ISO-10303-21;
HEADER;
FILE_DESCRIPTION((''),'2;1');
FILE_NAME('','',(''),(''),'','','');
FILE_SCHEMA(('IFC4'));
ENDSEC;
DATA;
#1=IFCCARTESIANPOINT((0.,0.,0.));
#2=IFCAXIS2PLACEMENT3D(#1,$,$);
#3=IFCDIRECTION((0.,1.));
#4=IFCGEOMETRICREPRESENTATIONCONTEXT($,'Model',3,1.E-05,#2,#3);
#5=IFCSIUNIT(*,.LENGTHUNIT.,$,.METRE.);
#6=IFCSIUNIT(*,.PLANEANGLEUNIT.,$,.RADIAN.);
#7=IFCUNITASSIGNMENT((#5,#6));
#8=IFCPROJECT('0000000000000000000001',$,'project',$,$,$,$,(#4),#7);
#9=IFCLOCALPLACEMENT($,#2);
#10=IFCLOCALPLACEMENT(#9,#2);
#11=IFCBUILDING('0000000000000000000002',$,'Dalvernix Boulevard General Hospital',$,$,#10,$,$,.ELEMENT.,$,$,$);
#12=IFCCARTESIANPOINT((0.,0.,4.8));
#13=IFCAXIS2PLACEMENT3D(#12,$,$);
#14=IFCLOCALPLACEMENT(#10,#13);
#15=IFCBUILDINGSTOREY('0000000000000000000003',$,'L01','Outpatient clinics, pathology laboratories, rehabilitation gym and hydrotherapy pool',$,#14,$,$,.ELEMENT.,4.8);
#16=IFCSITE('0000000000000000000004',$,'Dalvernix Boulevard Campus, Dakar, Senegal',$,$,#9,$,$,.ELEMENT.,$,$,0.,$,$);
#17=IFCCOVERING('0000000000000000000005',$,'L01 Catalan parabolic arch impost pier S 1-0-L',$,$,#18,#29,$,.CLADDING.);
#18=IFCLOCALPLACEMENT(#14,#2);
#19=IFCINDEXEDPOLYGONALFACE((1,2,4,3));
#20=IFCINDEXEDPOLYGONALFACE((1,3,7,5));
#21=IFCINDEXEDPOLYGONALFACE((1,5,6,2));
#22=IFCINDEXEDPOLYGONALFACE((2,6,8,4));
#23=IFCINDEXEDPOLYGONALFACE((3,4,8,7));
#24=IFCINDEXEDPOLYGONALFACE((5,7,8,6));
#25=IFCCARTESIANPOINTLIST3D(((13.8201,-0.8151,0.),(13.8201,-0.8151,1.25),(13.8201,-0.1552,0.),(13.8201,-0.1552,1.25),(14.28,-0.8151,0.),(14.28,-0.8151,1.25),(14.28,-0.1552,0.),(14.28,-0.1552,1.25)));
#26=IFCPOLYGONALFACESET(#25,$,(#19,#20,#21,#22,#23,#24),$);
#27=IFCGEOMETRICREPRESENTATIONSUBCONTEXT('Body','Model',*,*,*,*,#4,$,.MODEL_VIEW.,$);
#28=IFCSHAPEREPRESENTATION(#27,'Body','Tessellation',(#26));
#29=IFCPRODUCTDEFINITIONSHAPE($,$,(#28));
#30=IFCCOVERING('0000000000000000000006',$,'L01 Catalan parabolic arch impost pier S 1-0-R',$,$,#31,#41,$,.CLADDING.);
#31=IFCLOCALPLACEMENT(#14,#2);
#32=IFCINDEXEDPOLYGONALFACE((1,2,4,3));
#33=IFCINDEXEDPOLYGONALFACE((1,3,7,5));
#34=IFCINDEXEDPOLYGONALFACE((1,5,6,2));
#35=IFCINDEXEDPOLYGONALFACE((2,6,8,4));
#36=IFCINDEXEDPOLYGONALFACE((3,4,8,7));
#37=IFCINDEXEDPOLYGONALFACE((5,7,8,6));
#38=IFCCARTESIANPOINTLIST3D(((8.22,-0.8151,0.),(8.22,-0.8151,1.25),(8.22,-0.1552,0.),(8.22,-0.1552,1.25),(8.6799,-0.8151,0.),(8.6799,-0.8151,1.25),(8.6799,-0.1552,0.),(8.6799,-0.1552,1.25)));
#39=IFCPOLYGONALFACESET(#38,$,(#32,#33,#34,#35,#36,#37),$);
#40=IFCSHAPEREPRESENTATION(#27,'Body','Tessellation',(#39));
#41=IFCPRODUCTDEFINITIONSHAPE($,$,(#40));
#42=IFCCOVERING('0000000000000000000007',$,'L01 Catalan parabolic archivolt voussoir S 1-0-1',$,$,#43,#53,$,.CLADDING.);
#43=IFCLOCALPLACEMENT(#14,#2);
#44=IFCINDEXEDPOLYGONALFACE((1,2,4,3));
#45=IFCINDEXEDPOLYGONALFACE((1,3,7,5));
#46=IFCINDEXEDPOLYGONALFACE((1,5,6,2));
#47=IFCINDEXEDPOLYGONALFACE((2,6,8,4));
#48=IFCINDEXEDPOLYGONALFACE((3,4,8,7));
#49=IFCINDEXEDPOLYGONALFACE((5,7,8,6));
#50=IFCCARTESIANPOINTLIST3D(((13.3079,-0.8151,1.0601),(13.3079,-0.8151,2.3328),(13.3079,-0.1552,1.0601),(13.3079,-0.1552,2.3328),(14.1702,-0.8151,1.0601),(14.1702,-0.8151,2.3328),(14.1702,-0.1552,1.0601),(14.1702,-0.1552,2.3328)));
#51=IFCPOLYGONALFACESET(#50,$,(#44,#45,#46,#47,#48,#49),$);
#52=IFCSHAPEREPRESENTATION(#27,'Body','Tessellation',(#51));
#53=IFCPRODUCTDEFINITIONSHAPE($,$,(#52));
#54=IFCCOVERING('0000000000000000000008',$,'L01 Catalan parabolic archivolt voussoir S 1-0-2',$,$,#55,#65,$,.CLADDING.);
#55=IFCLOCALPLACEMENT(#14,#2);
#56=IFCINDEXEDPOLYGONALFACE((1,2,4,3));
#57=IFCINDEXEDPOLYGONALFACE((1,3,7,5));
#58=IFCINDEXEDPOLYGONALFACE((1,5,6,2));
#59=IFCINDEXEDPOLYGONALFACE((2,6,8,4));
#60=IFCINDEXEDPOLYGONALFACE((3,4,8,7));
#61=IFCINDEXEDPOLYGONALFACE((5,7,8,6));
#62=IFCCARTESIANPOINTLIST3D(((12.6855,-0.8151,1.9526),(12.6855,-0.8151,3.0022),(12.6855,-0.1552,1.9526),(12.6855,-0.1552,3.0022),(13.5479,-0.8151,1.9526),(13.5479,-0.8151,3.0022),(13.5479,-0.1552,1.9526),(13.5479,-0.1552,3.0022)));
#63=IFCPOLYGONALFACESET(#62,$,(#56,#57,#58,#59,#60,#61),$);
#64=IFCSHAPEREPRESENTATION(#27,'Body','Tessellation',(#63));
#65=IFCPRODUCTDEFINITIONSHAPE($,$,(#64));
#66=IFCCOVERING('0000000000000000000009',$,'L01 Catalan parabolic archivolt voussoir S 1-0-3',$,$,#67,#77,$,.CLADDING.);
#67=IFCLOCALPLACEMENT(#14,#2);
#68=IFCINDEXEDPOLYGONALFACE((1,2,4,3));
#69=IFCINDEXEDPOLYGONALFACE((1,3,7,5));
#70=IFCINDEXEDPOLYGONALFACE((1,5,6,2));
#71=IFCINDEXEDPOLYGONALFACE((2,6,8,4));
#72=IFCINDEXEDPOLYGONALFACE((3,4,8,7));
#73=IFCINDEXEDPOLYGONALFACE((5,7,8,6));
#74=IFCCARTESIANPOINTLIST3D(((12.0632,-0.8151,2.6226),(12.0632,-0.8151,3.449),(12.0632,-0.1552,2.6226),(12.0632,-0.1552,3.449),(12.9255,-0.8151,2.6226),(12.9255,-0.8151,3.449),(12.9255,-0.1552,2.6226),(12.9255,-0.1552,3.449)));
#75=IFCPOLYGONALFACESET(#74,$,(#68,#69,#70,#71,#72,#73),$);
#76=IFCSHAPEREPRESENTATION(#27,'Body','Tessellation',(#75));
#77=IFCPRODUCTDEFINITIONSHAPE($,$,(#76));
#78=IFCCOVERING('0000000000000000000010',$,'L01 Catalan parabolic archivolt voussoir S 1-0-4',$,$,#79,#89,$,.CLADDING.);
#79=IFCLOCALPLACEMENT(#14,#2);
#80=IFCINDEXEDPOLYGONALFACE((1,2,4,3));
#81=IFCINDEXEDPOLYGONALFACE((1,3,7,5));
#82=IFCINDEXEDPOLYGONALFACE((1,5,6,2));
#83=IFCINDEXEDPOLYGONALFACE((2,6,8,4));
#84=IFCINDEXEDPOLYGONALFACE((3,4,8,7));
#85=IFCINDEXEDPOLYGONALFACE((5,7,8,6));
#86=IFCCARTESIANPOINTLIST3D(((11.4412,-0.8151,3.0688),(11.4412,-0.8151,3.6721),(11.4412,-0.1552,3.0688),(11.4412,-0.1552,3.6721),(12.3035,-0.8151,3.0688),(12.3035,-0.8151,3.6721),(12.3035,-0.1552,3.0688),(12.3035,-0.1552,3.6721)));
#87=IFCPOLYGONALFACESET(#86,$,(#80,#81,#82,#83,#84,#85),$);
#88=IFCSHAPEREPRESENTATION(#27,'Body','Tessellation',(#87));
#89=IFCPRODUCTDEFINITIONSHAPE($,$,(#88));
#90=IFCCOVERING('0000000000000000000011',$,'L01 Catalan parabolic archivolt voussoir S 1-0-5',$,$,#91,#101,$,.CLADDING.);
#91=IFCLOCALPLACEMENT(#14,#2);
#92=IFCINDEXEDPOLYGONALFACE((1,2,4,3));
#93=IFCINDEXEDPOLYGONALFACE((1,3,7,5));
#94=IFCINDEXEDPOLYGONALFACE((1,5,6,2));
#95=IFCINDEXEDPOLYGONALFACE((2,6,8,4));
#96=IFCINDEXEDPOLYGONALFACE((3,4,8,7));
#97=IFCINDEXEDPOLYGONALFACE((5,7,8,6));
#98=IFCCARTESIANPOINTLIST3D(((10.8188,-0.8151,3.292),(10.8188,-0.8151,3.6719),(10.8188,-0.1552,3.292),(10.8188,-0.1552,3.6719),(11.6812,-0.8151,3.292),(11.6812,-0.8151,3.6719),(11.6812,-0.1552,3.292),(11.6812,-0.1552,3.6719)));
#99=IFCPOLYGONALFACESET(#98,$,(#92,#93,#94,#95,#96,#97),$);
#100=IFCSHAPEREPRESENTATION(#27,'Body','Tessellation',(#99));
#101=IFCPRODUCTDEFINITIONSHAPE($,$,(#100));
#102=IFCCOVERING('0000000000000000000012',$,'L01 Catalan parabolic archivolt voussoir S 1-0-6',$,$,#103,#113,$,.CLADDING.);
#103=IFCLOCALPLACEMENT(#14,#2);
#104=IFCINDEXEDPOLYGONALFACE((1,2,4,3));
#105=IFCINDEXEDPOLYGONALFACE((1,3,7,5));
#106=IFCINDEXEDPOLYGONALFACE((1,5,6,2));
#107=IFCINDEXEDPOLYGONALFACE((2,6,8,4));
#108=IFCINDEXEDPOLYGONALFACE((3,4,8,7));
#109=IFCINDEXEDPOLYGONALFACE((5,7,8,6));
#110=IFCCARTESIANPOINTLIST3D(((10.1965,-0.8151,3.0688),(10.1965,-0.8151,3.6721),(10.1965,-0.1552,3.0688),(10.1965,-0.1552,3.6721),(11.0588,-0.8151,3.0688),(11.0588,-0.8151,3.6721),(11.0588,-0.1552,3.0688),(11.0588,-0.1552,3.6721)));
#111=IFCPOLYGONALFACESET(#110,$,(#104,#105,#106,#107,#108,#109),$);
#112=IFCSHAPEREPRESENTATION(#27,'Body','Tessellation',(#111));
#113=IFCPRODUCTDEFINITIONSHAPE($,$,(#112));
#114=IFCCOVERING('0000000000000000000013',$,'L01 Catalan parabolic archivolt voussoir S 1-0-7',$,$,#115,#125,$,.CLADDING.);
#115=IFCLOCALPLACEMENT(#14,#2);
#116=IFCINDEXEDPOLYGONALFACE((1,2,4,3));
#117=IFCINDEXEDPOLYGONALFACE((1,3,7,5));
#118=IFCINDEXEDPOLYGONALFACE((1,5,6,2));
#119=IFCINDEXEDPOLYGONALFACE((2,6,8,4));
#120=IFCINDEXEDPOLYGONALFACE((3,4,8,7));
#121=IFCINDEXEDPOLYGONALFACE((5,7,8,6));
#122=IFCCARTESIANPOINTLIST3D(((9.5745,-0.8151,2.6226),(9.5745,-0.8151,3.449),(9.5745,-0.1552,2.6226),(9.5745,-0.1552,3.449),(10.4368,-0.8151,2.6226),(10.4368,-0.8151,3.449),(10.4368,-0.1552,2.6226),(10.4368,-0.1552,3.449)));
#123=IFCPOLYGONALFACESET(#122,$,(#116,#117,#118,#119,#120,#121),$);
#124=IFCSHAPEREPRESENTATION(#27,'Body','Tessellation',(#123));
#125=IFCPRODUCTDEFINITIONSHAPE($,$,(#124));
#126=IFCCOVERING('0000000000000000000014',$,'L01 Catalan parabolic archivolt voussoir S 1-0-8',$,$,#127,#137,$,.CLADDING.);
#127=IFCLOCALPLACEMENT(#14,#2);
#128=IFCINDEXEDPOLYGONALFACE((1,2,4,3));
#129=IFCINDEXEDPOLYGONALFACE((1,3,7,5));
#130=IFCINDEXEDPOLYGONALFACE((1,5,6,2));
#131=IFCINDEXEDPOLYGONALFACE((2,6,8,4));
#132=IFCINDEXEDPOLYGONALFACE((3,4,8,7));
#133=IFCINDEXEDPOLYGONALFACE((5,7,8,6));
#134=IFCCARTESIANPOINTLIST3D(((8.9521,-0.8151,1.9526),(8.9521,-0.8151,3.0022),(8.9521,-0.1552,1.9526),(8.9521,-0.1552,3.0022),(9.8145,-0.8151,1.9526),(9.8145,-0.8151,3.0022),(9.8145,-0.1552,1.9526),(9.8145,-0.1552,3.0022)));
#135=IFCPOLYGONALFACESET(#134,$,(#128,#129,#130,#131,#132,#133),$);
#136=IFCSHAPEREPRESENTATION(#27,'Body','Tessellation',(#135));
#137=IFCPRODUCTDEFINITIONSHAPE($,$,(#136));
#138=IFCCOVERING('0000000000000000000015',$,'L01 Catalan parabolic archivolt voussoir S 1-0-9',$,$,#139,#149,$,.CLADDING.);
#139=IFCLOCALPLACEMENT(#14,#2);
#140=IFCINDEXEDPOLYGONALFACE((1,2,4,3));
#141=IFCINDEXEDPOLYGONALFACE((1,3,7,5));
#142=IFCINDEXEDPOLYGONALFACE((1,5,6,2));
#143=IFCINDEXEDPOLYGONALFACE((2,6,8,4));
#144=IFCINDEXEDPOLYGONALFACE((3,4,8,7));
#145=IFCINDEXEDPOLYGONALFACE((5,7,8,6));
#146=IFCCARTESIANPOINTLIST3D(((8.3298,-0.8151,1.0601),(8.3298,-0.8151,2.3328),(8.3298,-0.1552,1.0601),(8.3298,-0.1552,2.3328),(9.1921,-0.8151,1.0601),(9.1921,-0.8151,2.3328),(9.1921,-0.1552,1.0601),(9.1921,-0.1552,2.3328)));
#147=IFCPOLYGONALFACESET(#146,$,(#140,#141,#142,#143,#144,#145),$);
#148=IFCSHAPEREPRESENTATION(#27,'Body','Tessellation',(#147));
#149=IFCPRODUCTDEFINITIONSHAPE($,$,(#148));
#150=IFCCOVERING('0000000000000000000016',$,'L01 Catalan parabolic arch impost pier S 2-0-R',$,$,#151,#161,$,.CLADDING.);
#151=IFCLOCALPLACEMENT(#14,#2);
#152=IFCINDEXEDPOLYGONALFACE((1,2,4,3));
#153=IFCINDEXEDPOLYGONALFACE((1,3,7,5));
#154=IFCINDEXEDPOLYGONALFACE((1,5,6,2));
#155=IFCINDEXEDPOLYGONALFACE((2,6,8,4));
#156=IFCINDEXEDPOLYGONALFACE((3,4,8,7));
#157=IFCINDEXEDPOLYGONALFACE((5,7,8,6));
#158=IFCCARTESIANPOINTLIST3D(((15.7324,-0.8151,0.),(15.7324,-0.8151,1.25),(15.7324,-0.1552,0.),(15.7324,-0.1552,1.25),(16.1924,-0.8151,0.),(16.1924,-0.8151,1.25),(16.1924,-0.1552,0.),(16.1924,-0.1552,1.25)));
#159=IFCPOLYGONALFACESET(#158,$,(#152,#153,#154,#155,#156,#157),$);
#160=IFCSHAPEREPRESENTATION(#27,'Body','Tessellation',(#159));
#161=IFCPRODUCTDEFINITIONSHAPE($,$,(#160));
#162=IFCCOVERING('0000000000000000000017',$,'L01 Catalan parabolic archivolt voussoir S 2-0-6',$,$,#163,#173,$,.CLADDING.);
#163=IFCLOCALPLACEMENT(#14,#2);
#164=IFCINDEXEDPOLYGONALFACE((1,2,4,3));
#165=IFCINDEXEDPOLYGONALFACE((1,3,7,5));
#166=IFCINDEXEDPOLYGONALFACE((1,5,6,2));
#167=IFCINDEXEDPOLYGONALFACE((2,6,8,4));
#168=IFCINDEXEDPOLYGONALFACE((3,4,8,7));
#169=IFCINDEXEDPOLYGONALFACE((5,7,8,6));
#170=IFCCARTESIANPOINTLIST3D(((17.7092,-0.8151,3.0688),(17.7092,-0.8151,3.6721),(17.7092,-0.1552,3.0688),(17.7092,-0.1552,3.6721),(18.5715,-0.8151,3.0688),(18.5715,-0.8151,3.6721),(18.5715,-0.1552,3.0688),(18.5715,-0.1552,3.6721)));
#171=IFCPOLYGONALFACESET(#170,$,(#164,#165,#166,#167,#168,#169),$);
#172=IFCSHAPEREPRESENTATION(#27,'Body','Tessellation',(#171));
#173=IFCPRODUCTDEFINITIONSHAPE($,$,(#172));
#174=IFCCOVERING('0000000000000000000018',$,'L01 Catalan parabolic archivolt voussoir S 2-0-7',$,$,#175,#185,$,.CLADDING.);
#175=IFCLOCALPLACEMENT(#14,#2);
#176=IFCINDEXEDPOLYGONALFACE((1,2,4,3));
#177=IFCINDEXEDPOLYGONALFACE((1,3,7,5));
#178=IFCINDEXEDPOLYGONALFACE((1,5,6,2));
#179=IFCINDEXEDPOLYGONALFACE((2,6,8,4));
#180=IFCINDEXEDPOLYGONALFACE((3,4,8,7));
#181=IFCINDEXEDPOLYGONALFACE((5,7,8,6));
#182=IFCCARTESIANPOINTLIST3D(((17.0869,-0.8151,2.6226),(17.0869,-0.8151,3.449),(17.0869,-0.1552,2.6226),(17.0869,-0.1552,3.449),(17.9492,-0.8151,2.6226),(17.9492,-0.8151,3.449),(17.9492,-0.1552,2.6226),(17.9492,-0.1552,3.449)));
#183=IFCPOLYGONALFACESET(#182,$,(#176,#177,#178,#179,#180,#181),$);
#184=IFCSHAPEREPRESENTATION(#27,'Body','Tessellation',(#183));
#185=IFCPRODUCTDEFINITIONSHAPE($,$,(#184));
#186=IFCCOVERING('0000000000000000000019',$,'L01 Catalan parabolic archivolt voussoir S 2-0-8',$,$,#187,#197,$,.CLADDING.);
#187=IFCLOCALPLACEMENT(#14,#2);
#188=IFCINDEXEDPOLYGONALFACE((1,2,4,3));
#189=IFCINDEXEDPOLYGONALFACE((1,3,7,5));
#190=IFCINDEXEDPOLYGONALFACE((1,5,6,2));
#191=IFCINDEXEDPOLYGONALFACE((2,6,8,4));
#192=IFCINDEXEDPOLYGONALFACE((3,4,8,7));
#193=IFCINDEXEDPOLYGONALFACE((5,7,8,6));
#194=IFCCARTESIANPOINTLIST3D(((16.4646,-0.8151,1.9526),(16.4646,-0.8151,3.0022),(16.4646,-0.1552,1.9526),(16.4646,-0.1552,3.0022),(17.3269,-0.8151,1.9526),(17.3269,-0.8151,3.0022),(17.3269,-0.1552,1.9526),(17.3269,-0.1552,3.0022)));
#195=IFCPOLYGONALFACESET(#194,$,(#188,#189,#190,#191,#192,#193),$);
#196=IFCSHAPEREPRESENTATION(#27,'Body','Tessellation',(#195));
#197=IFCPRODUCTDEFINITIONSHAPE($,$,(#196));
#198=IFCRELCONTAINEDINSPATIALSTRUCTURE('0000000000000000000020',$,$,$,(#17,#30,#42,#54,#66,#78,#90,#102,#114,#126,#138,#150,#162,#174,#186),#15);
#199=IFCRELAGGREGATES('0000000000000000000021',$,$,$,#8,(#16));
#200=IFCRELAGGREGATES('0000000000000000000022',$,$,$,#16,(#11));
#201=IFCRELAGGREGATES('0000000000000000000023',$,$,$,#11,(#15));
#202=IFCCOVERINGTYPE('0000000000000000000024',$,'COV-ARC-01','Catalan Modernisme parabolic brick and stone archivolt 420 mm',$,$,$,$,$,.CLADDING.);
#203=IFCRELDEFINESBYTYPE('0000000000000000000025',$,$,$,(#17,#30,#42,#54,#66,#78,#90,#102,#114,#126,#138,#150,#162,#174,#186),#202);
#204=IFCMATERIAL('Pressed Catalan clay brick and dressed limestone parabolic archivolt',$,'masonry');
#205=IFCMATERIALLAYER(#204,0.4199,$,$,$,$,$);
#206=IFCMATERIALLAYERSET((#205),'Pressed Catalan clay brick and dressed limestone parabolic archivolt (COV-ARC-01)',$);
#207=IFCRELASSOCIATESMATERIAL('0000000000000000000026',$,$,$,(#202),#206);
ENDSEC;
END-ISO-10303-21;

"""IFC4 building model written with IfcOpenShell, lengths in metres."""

from ifc_helpers import new_model, si_unit, direction, frame, origin, origin_2d, place, context, subcontext, project, spatial, rectangle, extrude, material, layer, layer_set, type_object, element, save


model = new_model("IFC4")

# Units and contexts
model_context = context("Model", 3, precision=1e-05, world=origin(), true_north=direction((0.0, 1.0)))
body_context = subcontext(model_context, "Body", "Model", "MODEL_VIEW")
ifc_project = project(units=[si_unit("LENGTHUNIT", "METRE"), si_unit("PLANEANGLEUNIT", "RADIAN")], contexts=[model_context])

# Site, building, storey
site_placement = place(None, origin())
site = spatial("IfcSite", under=ifc_project, at=site_placement, Name="Dalvernix Boulevard Campus, Dakar, Senegal", CompositionType="ELEMENT", RefElevation=0.0)
building_placement = place(site_placement, origin())
building = spatial("IfcBuilding", under=site, at=building_placement, Name="Dalvernix Boulevard General Hospital", CompositionType="ELEMENT")
storey_placement = place(building_placement, frame((0.0, 0.0, 4.8)))
storey = spatial("IfcBuildingStorey", under=building, at=storey_placement, Name="L01", Description="Outpatient clinics, pathology laboratories, rehabilitation gym and hydrotherapy pool", CompositionType="ELEMENT", Elevation=4.8)

# Coverings
ifc_material_1 = material(Name="Pressed Catalan clay brick and dressed limestone parabolic archivolt", Category="masonry")
ifc_layer_1 = layer(ifc_material_1, 0.4199)
ifc_layer_set_1 = layer_set([ifc_layer_1], Name="Pressed Catalan clay brick and dressed limestone parabolic archivolt (COV-ARC-01)")
covering_type_1 = type_object("IfcCoveringType", Name="COV-ARC-01", Description="Catalan Modernisme parabolic brick and stone archivolt 420 mm", PredefinedType="CLADDING", material=ifc_layer_set_1)
for number, where, z_axis, x_axis, name in (
    (1, (14.05, -0.4851, 0.0), (0.0, 0.0, 1.0), (-1.0, 0.0, 0.0), "L01 Catalan parabolic arch impost pier S 1-0-L"),
    (2, (8.45, -0.4851, 0.0), (0.0, 0.0, 1.0), (-1.0, 0.0, 0.0), "L01 Catalan parabolic arch impost pier S 1-0-R"),
):
    element("IfcCovering", number, at=place(storey_placement, frame(where, z_axis=z_axis, x_axis=x_axis)), inside=storey, type_object=covering_type_1, Name=name, PredefinedType="CLADDING", context=body_context, shape_type="SweptSolid", body=[
        extrude(rectangle(XDim=0.46, YDim=0.6599, at=origin_2d()), origin(), (0.0, 0.0, 1.0), 1.25),
    ])
covering_1_placement = place(storey_placement, frame((13.739, -0.4851, 1.0601), z_axis=(0.0, 0.0, 1.0), x_axis=(-1.0, 0.0, 0.0)))
element("IfcCovering", 3, at=covering_1_placement, inside=storey, type_object=covering_type_1, Name="L01 Catalan parabolic archivolt voussoir S 1-0-1", PredefinedType="CLADDING", context=body_context, shape_type="SweptSolid", body=[
    extrude(rectangle(XDim=0.8623, YDim=0.6599, at=origin_2d()), origin(), (0.0, 0.0, 1.0), 1.2727),
])
covering_2_placement = place(storey_placement, frame((13.1167, -0.4851, 1.9526), z_axis=(0.0, 0.0, 1.0), x_axis=(-1.0, 0.0, 0.0)))
element("IfcCovering", 4, at=covering_2_placement, inside=storey, type_object=covering_type_1, Name="L01 Catalan parabolic archivolt voussoir S 1-0-2", PredefinedType="CLADDING", context=body_context, shape_type="SweptSolid", body=[
    extrude(rectangle(XDim=0.8623, YDim=0.6599, at=origin_2d()), origin(), (0.0, 0.0, 1.0), 1.0496),
])
covering_3_placement = place(storey_placement, frame((12.4944, -0.4851, 2.6226), z_axis=(0.0, 0.0, 1.0), x_axis=(-1.0, 0.0, 0.0)))
element("IfcCovering", 5, at=covering_3_placement, inside=storey, type_object=covering_type_1, Name="L01 Catalan parabolic archivolt voussoir S 1-0-3", PredefinedType="CLADDING", context=body_context, shape_type="SweptSolid", body=[
    extrude(rectangle(XDim=0.8623, YDim=0.6599, at=origin_2d()), origin(), (0.0, 0.0, 1.0), 0.8264),
])
covering_4_placement = place(storey_placement, frame((11.8723, -0.4851, 3.0688), z_axis=(0.0, 0.0, 1.0), x_axis=(-1.0, 0.0, 0.0)))
element("IfcCovering", 6, at=covering_4_placement, inside=storey, type_object=covering_type_1, Name="L01 Catalan parabolic archivolt voussoir S 1-0-4", PredefinedType="CLADDING", context=body_context, shape_type="SweptSolid", body=[
    extrude(rectangle(XDim=0.8623, YDim=0.6599, at=origin_2d()), origin(), (0.0, 0.0, 1.0), 0.6033),
])
covering_5_placement = place(storey_placement, frame((11.25, -0.4851, 3.292), z_axis=(0.0, 0.0, 1.0), x_axis=(-1.0, 0.0, 0.0)))
element("IfcCovering", 7, at=covering_5_placement, inside=storey, type_object=covering_type_1, Name="L01 Catalan parabolic archivolt voussoir S 1-0-5", PredefinedType="CLADDING", context=body_context, shape_type="SweptSolid", body=[
    extrude(rectangle(XDim=0.8623, YDim=0.6599, at=origin_2d()), origin(), (0.0, 0.0, 1.0), 0.3799),
])
covering_6_placement = place(storey_placement, frame((10.6277, -0.4851, 3.0688), z_axis=(0.0, 0.0, 1.0), x_axis=(-1.0, 0.0, 0.0)))
element("IfcCovering", 8, at=covering_6_placement, inside=storey, type_object=covering_type_1, Name="L01 Catalan parabolic archivolt voussoir S 1-0-6", PredefinedType="CLADDING", context=body_context, shape_type="SweptSolid", body=[
    extrude(rectangle(XDim=0.8623, YDim=0.6599, at=origin_2d()), origin(), (0.0, 0.0, 1.0), 0.6033),
])
covering_7_placement = place(storey_placement, frame((10.0056, -0.4851, 2.6226), z_axis=(0.0, 0.0, 1.0), x_axis=(-1.0, 0.0, 0.0)))
element("IfcCovering", 9, at=covering_7_placement, inside=storey, type_object=covering_type_1, Name="L01 Catalan parabolic archivolt voussoir S 1-0-7", PredefinedType="CLADDING", context=body_context, shape_type="SweptSolid", body=[
    extrude(rectangle(XDim=0.8623, YDim=0.6599, at=origin_2d()), origin(), (0.0, 0.0, 1.0), 0.8264),
])
covering_8_placement = place(storey_placement, frame((9.3833, -0.4851, 1.9526), z_axis=(0.0, 0.0, 1.0), x_axis=(-1.0, 0.0, 0.0)))
element("IfcCovering", 10, at=covering_8_placement, inside=storey, type_object=covering_type_1, Name="L01 Catalan parabolic archivolt voussoir S 1-0-8", PredefinedType="CLADDING", context=body_context, shape_type="SweptSolid", body=[
    extrude(rectangle(XDim=0.8623, YDim=0.6599, at=origin_2d()), origin(), (0.0, 0.0, 1.0), 1.0496),
])
covering_9_placement = place(storey_placement, frame((8.761, -0.4851, 1.0601), z_axis=(0.0, 0.0, 1.0), x_axis=(-1.0, 0.0, 0.0)))
element("IfcCovering", 11, at=covering_9_placement, inside=storey, type_object=covering_type_1, Name="L01 Catalan parabolic archivolt voussoir S 1-0-9", PredefinedType="CLADDING", context=body_context, shape_type="SweptSolid", body=[
    extrude(rectangle(XDim=0.8623, YDim=0.6599, at=origin_2d()), origin(), (0.0, 0.0, 1.0), 1.2727),
])
covering_10_placement = place(storey_placement, frame((15.9624, -0.4851, 0.0), z_axis=(0.0, 0.0, 1.0), x_axis=(-1.0, 0.0, 0.0)))
element("IfcCovering", 12, at=covering_10_placement, inside=storey, type_object=covering_type_1, Name="L01 Catalan parabolic arch impost pier S 2-0-R", PredefinedType="CLADDING", context=body_context, shape_type="SweptSolid", body=[
    extrude(rectangle(XDim=0.46, YDim=0.6599, at=origin_2d()), origin(), (0.0, 0.0, 1.0), 1.25),
])
covering_11_placement = place(storey_placement, frame((18.1404, -0.4851, 3.0688), z_axis=(0.0, 0.0, 1.0), x_axis=(-1.0, 0.0, 0.0)))
element("IfcCovering", 13, at=covering_11_placement, inside=storey, type_object=covering_type_1, Name="L01 Catalan parabolic archivolt voussoir S 2-0-6", PredefinedType="CLADDING", context=body_context, shape_type="SweptSolid", body=[
    extrude(rectangle(XDim=0.8623, YDim=0.6599, at=origin_2d()), origin(), (0.0, 0.0, 1.0), 0.6033),
])
covering_12_placement = place(storey_placement, frame((17.5181, -0.4851, 2.6226), z_axis=(0.0, 0.0, 1.0), x_axis=(-1.0, 0.0, 0.0)))
element("IfcCovering", 14, at=covering_12_placement, inside=storey, type_object=covering_type_1, Name="L01 Catalan parabolic archivolt voussoir S 2-0-7", PredefinedType="CLADDING", context=body_context, shape_type="SweptSolid", body=[
    extrude(rectangle(XDim=0.8623, YDim=0.6599, at=origin_2d()), origin(), (0.0, 0.0, 1.0), 0.8264),
])
covering_13_placement = place(storey_placement, frame((16.8958, -0.4851, 1.9526), z_axis=(0.0, 0.0, 1.0), x_axis=(-1.0, 0.0, 0.0)))
element("IfcCovering", 15, at=covering_13_placement, inside=storey, type_object=covering_type_1, Name="L01 Catalan parabolic archivolt voussoir S 2-0-8", PredefinedType="CLADDING", context=body_context, shape_type="SweptSolid", body=[
    extrude(rectangle(XDim=0.8623, YDim=0.6599, at=origin_2d()), origin(), (0.0, 0.0, 1.0), 1.0496),
])

save(model, "model.ifc")
